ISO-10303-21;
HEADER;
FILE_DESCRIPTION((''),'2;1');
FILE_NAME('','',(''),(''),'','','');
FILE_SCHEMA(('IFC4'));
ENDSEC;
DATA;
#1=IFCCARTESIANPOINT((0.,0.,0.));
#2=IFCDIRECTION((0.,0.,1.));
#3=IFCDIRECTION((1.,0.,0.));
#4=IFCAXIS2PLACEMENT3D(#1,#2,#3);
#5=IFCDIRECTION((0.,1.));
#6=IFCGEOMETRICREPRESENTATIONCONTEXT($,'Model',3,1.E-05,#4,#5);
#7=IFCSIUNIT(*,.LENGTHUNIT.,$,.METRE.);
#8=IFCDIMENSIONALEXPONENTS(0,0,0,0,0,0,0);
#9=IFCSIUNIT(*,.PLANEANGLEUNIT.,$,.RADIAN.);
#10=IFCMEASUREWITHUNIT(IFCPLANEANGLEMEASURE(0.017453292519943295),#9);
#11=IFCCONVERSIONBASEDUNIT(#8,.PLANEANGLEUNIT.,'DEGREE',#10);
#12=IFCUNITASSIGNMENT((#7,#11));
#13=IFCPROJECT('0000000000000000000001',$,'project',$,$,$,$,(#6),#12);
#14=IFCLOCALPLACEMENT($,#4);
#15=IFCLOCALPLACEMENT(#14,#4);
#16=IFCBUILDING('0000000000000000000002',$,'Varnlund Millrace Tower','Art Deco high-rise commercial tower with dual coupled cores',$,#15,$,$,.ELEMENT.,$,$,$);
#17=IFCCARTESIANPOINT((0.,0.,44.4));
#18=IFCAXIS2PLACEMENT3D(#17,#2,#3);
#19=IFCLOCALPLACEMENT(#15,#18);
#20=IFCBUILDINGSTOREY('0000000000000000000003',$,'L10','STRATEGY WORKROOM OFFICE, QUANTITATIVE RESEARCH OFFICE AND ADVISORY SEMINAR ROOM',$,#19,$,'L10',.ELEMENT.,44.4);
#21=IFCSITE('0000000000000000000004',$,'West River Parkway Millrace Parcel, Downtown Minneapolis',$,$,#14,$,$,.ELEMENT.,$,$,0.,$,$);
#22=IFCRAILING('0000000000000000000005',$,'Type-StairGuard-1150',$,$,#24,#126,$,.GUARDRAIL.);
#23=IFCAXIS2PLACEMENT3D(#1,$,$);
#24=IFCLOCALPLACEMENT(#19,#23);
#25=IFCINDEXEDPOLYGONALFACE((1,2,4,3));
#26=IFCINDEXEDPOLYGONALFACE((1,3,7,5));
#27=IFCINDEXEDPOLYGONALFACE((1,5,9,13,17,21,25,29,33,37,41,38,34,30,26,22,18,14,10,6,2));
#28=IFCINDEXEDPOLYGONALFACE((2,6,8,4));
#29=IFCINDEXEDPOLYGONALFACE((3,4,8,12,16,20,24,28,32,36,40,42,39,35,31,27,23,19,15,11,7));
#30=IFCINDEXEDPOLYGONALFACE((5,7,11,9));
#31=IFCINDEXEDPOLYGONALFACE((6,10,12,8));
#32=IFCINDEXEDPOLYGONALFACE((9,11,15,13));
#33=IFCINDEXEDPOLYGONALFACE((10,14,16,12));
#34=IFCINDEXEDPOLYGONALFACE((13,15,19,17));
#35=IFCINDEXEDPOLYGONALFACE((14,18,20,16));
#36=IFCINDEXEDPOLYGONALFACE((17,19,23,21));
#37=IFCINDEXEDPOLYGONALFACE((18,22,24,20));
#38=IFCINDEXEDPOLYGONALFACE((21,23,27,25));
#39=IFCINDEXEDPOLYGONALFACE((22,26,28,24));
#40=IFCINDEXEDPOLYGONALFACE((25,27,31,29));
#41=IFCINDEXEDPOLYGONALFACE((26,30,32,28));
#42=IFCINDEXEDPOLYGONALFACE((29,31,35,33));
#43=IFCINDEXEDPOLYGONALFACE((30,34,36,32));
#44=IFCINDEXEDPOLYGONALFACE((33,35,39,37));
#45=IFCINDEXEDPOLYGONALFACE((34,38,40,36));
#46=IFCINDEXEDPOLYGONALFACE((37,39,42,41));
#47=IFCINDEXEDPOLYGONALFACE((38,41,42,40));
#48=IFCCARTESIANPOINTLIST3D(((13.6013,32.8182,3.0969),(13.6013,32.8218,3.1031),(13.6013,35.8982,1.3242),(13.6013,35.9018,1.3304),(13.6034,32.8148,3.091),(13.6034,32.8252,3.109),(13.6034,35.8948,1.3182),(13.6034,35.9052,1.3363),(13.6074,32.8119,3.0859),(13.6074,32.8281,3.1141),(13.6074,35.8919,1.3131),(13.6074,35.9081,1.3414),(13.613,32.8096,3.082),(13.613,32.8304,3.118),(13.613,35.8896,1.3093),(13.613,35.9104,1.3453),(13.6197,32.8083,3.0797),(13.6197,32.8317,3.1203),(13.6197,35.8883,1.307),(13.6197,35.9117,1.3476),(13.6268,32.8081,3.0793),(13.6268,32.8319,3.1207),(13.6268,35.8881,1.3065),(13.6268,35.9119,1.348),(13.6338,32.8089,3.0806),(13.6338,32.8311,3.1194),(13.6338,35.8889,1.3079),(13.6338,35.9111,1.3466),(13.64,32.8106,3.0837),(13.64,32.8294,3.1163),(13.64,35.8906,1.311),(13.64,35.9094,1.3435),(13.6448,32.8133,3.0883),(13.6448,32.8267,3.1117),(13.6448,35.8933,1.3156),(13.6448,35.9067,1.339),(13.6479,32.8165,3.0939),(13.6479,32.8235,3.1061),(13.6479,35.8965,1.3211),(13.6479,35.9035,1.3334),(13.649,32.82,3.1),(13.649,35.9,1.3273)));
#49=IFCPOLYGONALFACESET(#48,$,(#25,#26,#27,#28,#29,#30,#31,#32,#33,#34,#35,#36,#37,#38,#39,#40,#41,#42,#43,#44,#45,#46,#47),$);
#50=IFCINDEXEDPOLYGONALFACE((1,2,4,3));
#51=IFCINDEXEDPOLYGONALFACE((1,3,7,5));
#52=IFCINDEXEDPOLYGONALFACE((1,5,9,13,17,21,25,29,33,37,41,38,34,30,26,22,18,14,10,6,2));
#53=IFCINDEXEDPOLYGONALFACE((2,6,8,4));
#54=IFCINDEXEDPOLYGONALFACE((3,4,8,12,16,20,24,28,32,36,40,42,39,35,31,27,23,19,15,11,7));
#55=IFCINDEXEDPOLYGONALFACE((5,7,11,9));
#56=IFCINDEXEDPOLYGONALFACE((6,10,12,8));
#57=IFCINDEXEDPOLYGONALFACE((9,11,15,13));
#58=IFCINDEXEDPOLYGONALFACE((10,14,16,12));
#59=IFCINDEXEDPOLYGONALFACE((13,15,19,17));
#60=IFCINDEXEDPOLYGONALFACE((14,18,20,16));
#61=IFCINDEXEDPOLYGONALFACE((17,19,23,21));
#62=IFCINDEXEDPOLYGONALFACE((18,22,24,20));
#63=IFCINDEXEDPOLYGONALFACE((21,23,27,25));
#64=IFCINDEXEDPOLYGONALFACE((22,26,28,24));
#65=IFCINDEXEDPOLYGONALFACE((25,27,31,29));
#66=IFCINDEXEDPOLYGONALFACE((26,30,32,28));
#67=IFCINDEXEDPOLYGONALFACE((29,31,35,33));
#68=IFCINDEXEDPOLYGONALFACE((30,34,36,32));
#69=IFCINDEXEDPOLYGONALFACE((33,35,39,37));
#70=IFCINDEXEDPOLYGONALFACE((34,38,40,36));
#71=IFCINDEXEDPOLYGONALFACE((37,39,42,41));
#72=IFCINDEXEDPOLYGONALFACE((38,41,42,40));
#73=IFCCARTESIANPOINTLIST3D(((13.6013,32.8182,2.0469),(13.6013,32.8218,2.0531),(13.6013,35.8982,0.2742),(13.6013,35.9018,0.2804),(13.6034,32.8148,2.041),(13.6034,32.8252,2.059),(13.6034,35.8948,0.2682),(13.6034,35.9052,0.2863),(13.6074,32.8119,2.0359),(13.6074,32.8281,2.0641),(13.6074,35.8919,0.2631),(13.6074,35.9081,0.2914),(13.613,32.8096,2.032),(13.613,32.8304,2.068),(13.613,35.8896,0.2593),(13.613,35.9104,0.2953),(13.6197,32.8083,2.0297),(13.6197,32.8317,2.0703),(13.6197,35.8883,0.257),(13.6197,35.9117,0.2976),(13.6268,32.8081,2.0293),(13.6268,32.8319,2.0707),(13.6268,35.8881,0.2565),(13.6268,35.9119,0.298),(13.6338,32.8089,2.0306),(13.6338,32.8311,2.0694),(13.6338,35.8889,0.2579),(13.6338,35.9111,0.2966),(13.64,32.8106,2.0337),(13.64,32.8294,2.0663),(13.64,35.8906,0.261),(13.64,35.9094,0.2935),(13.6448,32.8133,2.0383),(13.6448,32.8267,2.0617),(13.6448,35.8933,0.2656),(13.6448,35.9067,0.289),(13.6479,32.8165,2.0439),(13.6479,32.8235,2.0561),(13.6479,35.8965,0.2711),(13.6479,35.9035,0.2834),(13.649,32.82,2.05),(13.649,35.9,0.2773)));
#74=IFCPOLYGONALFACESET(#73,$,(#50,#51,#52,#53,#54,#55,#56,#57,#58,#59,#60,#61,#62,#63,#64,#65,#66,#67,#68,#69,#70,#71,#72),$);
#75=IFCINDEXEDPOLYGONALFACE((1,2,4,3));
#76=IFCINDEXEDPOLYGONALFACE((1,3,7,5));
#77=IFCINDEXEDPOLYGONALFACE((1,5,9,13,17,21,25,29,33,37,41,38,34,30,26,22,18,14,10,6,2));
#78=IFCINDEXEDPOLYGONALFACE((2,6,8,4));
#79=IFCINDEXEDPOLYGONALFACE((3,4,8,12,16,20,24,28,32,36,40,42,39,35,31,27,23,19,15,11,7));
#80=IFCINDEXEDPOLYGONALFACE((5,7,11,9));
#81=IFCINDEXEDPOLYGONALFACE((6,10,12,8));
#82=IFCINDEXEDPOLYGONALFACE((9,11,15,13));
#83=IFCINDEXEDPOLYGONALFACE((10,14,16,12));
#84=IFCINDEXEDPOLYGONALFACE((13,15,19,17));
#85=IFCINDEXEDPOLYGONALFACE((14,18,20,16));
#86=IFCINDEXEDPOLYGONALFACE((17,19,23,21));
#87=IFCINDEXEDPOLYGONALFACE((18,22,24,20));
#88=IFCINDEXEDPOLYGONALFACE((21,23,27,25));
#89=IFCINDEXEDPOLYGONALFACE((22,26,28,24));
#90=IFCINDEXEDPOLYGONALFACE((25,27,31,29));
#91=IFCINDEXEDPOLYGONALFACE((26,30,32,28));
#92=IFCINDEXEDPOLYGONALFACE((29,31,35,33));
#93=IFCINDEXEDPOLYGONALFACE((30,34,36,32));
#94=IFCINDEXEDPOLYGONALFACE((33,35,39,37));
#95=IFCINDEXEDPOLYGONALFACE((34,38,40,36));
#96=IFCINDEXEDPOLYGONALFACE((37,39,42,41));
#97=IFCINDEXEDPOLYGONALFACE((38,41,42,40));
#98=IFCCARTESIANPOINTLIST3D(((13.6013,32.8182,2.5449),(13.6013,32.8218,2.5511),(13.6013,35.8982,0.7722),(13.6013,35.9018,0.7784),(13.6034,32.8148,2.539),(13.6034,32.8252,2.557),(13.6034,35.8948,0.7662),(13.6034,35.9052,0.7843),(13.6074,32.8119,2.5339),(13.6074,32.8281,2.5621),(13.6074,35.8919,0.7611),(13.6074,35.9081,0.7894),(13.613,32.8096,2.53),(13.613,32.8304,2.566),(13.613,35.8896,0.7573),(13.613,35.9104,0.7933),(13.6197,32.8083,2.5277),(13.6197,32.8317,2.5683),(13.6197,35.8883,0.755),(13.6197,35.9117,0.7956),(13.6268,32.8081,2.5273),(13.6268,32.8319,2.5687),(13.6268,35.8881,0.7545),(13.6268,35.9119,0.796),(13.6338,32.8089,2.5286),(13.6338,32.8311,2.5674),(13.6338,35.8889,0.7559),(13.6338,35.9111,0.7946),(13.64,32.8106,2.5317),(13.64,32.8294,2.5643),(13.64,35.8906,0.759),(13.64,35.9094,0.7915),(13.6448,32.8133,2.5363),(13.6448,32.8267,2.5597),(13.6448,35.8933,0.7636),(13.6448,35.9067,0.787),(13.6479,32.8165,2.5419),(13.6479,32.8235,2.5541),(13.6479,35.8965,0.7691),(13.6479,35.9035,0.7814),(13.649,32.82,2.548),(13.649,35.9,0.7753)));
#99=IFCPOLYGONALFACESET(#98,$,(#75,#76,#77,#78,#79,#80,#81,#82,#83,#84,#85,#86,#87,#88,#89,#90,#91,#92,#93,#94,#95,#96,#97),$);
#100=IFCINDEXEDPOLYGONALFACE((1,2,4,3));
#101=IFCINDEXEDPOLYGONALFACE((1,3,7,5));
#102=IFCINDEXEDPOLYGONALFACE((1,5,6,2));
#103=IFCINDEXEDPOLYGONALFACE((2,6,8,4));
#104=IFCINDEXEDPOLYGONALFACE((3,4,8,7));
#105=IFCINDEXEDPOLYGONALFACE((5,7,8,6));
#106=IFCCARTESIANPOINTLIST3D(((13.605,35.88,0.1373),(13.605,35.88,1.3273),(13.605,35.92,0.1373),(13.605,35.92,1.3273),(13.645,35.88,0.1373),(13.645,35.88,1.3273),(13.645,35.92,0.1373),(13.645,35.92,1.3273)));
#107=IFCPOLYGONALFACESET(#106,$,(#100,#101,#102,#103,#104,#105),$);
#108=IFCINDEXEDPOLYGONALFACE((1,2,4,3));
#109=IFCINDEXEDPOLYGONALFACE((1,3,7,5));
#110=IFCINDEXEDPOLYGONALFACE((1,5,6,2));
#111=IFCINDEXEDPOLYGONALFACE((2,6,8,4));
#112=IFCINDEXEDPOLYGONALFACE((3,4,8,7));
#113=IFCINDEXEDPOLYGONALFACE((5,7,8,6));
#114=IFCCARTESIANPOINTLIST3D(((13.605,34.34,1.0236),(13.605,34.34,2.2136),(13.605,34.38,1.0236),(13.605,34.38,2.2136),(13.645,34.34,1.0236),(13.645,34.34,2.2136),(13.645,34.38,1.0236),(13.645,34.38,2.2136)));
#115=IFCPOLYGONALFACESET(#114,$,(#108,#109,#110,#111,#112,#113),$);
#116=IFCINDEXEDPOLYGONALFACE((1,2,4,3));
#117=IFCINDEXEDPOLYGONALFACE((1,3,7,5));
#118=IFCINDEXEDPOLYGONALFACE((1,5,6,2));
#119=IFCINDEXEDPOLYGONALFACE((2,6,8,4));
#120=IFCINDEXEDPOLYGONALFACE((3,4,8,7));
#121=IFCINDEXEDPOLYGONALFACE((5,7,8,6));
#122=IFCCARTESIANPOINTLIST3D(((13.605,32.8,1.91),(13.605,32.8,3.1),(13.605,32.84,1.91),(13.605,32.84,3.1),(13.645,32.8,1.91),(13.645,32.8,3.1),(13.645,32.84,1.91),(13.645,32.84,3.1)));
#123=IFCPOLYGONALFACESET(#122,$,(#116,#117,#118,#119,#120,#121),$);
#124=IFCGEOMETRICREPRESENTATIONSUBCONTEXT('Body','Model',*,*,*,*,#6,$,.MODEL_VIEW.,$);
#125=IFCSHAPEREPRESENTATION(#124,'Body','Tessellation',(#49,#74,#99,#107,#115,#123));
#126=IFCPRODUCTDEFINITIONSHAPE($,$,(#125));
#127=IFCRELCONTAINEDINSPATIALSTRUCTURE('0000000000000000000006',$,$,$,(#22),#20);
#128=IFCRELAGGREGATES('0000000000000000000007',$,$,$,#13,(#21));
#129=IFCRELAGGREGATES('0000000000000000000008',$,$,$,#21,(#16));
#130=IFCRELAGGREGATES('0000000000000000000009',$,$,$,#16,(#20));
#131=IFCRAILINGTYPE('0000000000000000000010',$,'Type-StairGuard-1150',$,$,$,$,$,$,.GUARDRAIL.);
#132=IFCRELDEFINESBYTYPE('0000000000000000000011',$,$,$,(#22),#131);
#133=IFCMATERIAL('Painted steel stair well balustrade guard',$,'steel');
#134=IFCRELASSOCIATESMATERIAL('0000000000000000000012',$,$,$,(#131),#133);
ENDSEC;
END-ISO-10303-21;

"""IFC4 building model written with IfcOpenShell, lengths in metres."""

from ifc_helpers import new_model, entity, si_unit, converted_unit, direction, frame, origin_with_axes, origin_2d_with_axis, place, context, subcontext, project, spatial, rectangle, circle, extrude, material, type_object, element, save


model = new_model("IFC4")

# Units and contexts
model_context = context("Model", 3, precision=1e-05, world=origin_with_axes(), true_north=direction((0.0, 1.0)))
body_context = subcontext(model_context, "Body", "Model", "MODEL_VIEW")
ifc_project = project(units=[si_unit("LENGTHUNIT", "METRE"), converted_unit("PLANEANGLEUNIT", "DEGREE", entity("IfcPlaneAngleMeasure", 0.017453292519943295), si_unit("PLANEANGLEUNIT", "RADIAN"), dimensions=[0, 0, 0, 0, 0, 0, 0])], contexts=[model_context])

# Site, building, storey
site_placement = place(None, origin_with_axes())
site = spatial("IfcSite", under=ifc_project, at=site_placement, Name="West River Parkway Millrace Parcel, Downtown Minneapolis", CompositionType="ELEMENT", RefElevation=0.0)
building_placement = place(site_placement, origin_with_axes())
building = spatial("IfcBuilding", under=site, at=building_placement, Name="Varnlund Millrace Tower", Description="Art Deco high-rise commercial tower with dual coupled cores", CompositionType="ELEMENT")
storey_placement = place(building_placement, frame((0.0, 0.0, 44.4), z_axis=(0.0, 0.0, 1.0), x_axis=(1.0, 0.0, 0.0)))
storey = spatial("IfcBuildingStorey", under=building, at=storey_placement, Name="L10", Description="STRATEGY WORKROOM OFFICE, QUANTITATIVE RESEARCH OFFICE AND ADVISORY SEMINAR ROOM", LongName="L10", CompositionType="ELEMENT", Elevation=44.4)

# Railing
ifc_material_1 = material(Name="Painted steel stair well balustrade guard", Category="steel")
railing_type_1 = type_object("IfcRailingType", Name="Type-StairGuard-1150", PredefinedType="GUARDRAIL", material=ifc_material_1)
railing_1_placement = place(storey_placement, frame((0.0, 0.0, -44.4), z_axis=(0.0, 0.0, 1.0), x_axis=(1.0, 0.0, 0.0)))
element("IfcRailing", 1, at=railing_1_placement, inside=storey, type_object=railing_type_1, Name="Type-StairGuard-1150", PredefinedType="GUARDRAIL", context=body_context, shape_type="SweptSolid", body=[
    extrude(circle(Radius=0.024, at=origin_2d_with_axis()), frame((13.625, 35.9, 45.7273), z_axis=(0.0, -0.866696, 0.498836), x_axis=(1.0, 0.0, 0.0)), (0.0, 0.0, 1.0), 3.5537),
    extrude(circle(Radius=0.024, at=origin_2d_with_axis()), frame((13.625, 35.9, 44.6773), z_axis=(0.0, -0.866696, 0.498836), x_axis=(1.0, 0.0, 0.0)), (0.0, 0.0, 1.0), 3.5537),
    extrude(circle(Radius=0.024, at=origin_2d_with_axis()), frame((13.625, 35.9, 45.1753), z_axis=(0.0, -0.866696, 0.498836), x_axis=(1.0, 0.0, 0.0)), (0.0, 0.0, 1.0), 3.5537),
    extrude(rectangle(XDim=0.04, YDim=0.04, at=origin_2d_with_axis()), frame((13.625, 35.9, 44.5373), z_axis=(0.0, 0.0, 1.0), x_axis=(1.0, 0.0, 0.0)), (0.0, 0.0, 1.0), 1.19),
    extrude(rectangle(XDim=0.04, YDim=0.04, at=origin_2d_with_axis()), frame((13.625, 34.36, 45.4236), z_axis=(0.0, 0.0, 1.0), x_axis=(1.0, 0.0, 0.0)), (0.0, 0.0, 1.0), 1.19),
    extrude(rectangle(XDim=0.04, YDim=0.04, at=origin_2d_with_axis()), frame((13.625, 32.82, 46.31), z_axis=(0.0, 0.0, 1.0), x_axis=(1.0, 0.0, 0.0)), (0.0, 0.0, 1.0), 1.19),
])

save(model, "model.ifc")
